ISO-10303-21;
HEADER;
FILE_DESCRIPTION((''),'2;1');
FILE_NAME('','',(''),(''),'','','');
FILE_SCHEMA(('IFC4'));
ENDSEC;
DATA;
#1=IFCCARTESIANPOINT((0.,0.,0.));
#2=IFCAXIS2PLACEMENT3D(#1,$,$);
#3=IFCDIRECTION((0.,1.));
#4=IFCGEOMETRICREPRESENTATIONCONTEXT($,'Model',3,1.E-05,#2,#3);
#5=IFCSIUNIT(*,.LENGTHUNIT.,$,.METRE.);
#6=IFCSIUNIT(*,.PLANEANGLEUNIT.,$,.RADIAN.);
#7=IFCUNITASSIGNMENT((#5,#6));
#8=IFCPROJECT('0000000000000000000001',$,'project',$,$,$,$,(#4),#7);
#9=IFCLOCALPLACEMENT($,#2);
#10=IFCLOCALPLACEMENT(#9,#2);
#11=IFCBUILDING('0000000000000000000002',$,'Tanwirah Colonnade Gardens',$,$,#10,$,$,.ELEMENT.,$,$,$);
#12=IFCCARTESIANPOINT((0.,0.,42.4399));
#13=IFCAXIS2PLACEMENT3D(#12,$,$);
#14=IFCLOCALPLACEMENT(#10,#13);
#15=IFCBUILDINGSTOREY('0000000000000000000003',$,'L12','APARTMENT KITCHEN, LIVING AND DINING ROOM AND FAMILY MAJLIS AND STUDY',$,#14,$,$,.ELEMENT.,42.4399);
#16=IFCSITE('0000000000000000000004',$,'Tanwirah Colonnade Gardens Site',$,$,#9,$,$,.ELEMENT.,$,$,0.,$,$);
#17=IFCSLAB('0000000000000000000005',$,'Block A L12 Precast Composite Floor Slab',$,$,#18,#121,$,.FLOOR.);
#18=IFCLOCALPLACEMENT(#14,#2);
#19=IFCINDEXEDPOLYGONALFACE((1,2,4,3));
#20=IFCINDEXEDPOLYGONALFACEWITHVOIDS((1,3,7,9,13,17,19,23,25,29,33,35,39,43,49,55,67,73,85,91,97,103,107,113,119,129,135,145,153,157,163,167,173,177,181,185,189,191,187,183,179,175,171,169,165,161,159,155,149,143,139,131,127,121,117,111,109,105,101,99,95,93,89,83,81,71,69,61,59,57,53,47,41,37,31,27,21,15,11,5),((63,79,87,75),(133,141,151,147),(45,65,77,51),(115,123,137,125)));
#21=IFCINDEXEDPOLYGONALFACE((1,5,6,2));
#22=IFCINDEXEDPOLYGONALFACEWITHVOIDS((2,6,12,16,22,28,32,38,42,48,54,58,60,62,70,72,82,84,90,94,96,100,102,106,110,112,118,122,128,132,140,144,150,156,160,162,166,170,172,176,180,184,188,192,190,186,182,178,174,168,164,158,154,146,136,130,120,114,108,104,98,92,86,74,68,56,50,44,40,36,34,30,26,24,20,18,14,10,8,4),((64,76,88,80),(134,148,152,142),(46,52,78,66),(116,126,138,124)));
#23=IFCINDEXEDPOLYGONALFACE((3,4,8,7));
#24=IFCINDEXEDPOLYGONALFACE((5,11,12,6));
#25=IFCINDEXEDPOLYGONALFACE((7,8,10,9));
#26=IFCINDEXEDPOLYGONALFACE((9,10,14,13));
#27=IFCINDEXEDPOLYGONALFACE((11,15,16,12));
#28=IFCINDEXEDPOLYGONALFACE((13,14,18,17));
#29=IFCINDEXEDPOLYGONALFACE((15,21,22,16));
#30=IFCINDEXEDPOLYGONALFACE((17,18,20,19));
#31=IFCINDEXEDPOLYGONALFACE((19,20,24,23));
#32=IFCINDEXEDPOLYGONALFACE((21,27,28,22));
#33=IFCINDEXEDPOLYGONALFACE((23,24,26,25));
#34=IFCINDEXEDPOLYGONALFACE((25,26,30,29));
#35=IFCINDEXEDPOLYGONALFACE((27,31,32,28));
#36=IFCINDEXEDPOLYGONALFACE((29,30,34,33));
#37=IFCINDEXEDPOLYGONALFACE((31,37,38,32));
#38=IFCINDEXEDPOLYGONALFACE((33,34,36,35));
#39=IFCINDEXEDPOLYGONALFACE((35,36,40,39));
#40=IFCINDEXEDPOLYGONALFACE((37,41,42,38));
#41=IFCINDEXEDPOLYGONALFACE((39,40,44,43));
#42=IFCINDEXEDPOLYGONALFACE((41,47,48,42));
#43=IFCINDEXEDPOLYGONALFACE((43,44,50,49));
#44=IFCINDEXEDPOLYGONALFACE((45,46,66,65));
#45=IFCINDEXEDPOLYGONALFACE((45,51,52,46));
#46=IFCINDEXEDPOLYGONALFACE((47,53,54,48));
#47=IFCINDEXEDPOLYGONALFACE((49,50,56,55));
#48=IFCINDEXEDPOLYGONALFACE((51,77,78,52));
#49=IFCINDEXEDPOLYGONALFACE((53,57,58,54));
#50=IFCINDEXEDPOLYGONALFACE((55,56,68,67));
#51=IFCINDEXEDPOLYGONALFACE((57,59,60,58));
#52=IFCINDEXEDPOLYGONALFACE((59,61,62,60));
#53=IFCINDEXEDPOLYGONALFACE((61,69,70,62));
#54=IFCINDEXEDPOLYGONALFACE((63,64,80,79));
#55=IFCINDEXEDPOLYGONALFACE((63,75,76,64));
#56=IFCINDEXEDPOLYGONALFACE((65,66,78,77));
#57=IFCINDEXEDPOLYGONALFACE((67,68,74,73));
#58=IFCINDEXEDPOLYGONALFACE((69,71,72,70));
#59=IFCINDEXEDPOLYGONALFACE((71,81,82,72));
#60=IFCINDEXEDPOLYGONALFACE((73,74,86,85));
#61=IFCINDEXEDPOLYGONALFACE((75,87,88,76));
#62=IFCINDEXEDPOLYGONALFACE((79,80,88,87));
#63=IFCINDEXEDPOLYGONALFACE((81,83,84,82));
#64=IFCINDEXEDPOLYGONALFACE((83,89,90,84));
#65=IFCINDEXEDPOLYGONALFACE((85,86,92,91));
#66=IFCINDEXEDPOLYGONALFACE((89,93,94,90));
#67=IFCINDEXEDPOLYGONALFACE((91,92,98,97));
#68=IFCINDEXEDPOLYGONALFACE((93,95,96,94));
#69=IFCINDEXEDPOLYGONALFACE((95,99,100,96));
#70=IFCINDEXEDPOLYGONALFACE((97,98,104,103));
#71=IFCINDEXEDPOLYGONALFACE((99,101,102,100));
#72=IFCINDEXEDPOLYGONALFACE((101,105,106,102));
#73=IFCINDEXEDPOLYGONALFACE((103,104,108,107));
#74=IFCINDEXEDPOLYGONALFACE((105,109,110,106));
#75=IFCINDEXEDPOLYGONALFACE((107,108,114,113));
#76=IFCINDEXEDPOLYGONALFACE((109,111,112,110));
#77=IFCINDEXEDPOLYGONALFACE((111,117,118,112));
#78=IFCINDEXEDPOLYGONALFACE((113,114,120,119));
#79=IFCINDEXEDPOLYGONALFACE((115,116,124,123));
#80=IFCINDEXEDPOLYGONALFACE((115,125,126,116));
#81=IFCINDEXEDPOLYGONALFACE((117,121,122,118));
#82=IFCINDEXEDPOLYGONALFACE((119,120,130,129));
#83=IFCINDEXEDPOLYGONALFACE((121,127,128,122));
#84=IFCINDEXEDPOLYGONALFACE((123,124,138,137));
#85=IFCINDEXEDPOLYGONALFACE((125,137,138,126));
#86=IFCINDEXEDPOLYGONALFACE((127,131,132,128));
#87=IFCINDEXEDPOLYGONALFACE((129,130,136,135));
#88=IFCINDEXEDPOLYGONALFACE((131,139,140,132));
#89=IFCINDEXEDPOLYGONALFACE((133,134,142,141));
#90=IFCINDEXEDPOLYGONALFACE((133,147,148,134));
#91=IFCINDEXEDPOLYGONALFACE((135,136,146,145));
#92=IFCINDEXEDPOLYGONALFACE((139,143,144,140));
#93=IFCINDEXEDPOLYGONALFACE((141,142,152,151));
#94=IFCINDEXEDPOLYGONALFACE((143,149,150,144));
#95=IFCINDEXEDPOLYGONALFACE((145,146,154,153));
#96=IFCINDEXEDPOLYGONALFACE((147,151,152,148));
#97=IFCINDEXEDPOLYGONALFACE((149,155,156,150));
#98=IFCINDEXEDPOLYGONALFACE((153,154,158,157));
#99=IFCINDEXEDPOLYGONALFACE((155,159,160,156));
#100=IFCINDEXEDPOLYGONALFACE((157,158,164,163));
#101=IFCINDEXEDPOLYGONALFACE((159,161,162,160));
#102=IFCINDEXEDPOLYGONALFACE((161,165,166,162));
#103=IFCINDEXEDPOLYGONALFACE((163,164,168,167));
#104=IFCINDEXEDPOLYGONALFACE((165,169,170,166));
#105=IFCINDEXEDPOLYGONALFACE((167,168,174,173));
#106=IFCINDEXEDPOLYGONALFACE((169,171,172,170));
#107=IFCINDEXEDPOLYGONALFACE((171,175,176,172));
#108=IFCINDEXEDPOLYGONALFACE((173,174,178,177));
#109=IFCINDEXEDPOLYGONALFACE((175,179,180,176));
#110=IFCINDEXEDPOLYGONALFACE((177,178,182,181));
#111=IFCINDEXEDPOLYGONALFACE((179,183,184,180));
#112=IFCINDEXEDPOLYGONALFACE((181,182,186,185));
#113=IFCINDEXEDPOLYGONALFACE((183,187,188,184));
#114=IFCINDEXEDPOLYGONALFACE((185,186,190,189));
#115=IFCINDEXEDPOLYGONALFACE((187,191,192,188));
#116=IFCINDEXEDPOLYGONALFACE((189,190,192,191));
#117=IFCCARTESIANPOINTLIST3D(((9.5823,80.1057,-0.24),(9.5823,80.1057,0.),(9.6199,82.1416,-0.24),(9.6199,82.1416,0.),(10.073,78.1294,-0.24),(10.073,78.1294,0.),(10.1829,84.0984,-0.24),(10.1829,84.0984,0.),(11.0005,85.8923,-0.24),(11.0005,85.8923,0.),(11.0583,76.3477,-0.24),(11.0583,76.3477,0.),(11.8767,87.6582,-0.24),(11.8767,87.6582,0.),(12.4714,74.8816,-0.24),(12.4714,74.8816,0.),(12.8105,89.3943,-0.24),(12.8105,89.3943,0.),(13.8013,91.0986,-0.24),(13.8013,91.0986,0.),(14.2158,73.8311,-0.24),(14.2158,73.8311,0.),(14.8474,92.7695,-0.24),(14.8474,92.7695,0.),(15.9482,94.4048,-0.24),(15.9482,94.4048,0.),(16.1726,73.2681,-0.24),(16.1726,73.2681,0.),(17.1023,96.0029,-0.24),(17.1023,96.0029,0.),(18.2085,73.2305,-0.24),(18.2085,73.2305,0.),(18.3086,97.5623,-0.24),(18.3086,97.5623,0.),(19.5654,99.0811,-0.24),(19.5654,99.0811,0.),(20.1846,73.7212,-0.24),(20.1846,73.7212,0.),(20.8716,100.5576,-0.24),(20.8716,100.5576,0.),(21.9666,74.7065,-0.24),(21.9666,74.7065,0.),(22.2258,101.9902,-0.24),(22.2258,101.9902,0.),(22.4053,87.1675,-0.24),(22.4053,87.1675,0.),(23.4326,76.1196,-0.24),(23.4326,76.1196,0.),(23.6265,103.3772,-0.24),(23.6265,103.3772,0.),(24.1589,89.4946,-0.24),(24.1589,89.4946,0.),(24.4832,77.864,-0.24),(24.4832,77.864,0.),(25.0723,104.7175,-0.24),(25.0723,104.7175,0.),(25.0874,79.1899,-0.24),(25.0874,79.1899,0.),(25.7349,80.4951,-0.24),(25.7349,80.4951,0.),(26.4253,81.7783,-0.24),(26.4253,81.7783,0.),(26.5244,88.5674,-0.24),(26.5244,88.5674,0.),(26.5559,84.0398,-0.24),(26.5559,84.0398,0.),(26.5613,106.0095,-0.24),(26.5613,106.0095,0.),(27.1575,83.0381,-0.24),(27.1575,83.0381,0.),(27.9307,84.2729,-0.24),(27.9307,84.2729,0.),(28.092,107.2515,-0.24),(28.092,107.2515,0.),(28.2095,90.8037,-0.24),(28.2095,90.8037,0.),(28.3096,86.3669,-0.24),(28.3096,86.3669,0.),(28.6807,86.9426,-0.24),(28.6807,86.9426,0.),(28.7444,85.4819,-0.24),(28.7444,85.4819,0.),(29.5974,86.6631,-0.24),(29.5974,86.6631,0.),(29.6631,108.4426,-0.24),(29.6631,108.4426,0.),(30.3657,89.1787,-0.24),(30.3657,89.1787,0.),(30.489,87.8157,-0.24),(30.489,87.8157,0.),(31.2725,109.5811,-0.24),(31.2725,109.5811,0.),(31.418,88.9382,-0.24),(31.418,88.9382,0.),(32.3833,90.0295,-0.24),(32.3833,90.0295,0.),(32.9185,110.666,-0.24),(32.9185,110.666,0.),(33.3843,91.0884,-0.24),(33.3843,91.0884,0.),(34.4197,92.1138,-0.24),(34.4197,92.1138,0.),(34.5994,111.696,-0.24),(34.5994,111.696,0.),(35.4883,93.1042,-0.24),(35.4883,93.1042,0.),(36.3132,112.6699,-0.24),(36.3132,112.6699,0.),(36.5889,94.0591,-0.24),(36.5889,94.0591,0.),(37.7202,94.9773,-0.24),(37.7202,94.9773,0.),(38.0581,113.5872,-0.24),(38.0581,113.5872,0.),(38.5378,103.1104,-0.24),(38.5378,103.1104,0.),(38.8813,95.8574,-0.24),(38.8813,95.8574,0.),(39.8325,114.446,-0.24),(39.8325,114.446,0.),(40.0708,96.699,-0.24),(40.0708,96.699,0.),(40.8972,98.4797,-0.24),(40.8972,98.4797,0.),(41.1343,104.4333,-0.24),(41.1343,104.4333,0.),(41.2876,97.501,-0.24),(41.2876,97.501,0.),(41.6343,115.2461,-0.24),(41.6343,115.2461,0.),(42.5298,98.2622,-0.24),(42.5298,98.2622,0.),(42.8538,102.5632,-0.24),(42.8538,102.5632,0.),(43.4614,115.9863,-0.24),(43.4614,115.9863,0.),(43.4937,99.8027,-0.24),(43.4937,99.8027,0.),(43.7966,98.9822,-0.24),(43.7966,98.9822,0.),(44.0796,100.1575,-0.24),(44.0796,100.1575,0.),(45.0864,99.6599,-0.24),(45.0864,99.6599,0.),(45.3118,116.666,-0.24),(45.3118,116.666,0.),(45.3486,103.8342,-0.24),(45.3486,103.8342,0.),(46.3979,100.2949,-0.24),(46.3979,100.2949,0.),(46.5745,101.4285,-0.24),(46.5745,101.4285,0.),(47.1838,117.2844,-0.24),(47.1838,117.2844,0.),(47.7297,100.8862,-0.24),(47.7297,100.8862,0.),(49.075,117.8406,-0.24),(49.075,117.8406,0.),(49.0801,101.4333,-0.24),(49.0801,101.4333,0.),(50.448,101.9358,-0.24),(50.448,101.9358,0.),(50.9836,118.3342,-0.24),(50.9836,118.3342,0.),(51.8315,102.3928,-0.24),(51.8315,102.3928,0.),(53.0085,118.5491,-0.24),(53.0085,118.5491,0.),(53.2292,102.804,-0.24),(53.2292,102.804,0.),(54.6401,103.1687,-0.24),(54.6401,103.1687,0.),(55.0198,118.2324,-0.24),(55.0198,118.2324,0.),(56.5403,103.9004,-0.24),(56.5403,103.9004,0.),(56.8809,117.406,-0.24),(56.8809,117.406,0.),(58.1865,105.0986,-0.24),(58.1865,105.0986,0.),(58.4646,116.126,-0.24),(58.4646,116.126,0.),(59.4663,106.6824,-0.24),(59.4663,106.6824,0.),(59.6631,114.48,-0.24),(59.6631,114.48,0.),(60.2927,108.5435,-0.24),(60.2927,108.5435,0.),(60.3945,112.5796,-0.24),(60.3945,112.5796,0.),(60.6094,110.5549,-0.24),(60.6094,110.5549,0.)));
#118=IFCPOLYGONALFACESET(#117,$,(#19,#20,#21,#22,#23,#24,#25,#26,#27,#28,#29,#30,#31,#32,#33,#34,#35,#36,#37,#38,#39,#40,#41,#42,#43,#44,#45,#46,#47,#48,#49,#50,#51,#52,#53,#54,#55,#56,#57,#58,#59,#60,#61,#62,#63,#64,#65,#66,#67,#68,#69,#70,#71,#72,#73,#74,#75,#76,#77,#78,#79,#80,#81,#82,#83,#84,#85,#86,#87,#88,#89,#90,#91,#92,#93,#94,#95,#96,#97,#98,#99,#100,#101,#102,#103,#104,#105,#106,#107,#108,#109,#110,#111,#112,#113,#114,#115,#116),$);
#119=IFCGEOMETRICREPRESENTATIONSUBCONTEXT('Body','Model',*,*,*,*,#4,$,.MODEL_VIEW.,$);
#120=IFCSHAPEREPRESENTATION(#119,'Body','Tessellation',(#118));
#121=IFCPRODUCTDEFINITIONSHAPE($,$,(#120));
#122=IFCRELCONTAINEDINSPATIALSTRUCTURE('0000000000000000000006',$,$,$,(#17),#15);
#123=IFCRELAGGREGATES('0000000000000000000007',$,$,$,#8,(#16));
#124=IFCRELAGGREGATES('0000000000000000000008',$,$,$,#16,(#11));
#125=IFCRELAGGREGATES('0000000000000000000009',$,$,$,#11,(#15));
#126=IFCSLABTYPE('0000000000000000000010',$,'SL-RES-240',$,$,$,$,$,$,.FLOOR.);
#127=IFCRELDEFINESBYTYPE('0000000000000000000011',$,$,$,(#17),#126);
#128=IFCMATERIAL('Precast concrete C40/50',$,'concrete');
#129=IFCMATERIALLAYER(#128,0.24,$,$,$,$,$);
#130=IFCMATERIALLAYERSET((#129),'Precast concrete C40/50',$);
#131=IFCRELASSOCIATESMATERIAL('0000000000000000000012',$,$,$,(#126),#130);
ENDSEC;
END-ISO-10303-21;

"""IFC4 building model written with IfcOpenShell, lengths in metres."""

from ifc_helpers import new_model, si_unit, direction, frame, origin, place, context, subcontext, project, spatial, polyline, outline, extrude, material, layer, layer_set, type_object, element, save


model = new_model("IFC4")

# Units and contexts
model_context = context("Model", 3, precision=1e-05, world=origin(), true_north=direction((0.0, 1.0)))
body_context = subcontext(model_context, "Body", "Model", "MODEL_VIEW")
ifc_project = project(units=[si_unit("LENGTHUNIT", "METRE"), si_unit("PLANEANGLEUNIT", "RADIAN")], contexts=[model_context])

# Site, building, storey
site_placement = place(None, origin())
site = spatial("IfcSite", under=ifc_project, at=site_placement, Name="Tanwirah Colonnade Gardens Site", CompositionType="ELEMENT", RefElevation=0.0)
building_placement = place(site_placement, origin())
building = spatial("IfcBuilding", under=site, at=building_placement, Name="Tanwirah Colonnade Gardens", CompositionType="ELEMENT")
storey_placement = place(building_placement, frame((0.0, 0.0, 42.4399)))
storey = spatial("IfcBuildingStorey", under=building, at=storey_placement, Name="L12", Description="APARTMENT KITCHEN, LIVING AND DINING ROOM AND FAMILY MAJLIS AND STUDY", CompositionType="ELEMENT", Elevation=42.4399)

# Shared definitions
ifc_material_1 = material(Name="Precast concrete C40/50", Category="concrete")

# Slab
ifc_layer_1 = layer(ifc_material_1, 0.24)
ifc_layer_set_1 = layer_set([ifc_layer_1], Name="Precast concrete C40/50")
slab_type_1 = type_object("IfcSlabType", Name="SL-RES-240", PredefinedType="FLOOR", material=ifc_layer_set_1)
slab_1_placement = place(storey_placement, frame((0.0, 0.0, -0.24)))
element("IfcSlab", 1, at=slab_1_placement, inside=storey, type_object=slab_type_1, Name="Block A L12 Precast Composite Floor Slab", PredefinedType="FLOOR", context=body_context, shape_type="SweptSolid", body=[
    extrude(outline(polyline([(51.8315, 102.3928), (53.2292, 102.804), (54.6401, 103.1687), (56.5403, 103.9004), (58.1865, 105.0986), (59.4663, 106.6824), (60.2927, 108.5435), (60.6094, 110.5549), (60.3945, 112.5796), (59.6631, 114.48), (58.4646, 116.126), (56.8809, 117.406), (55.0198, 118.2324), (53.0085, 118.5491), (50.9836, 118.3342), (49.075, 117.8406), (47.1838, 117.2844), (45.3118, 116.666), (43.4614, 115.9863), (41.6343, 115.2461), (39.8325, 114.446), (38.0581, 113.5872), (36.3132, 112.6699), (34.5994, 111.696), (32.9185, 110.666), (31.2725, 109.5811), (29.6631, 108.4426), (28.092, 107.2515), (26.5613, 106.0095), (25.0723, 104.7175), (23.6265, 103.3772), (22.2258, 101.9902), (20.8716, 100.5576), (19.5654, 99.0811), (18.3086, 97.5623), (17.1023, 96.0029), (15.9482, 94.4048), (14.8474, 92.7695), (13.8013, 91.0986), (12.8105, 89.3943), (11.8767, 87.6582), (11.0005, 85.8923), (10.1829, 84.0984), (9.6199, 82.1416), (9.5823, 80.1057), (10.073, 78.1294), (11.0583, 76.3477), (12.4714, 74.8816), (14.2158, 73.8311), (16.1726, 73.2681), (18.2085, 73.2305), (20.1846, 73.7212), (21.9666, 74.7065), (23.4326, 76.1196), (24.4832, 77.864), (25.0874, 79.1899), (25.7349, 80.4951), (26.4253, 81.7783), (27.1575, 83.0381), (27.9307, 84.2729), (28.7444, 85.4819), (29.5974, 86.6631), (30.489, 87.8157), (31.418, 88.9382), (32.3833, 90.0295), (33.3843, 91.0884), (34.4197, 92.1138), (35.4883, 93.1042), (36.5889, 94.0591), (37.7202, 94.9773), (38.8813, 95.8574), (40.0708, 96.699), (41.2876, 97.501), (42.5298, 98.2622), (43.7966, 98.9822), (45.0864, 99.6599), (46.3979, 100.2949), (47.7297, 100.8862), (49.0801, 101.4333), (50.448, 101.9358), (51.8315, 102.3928)]), holes=[polyline([(41.1343, 104.4333), (43.4937, 99.8027), (40.8972, 98.4797), (38.5378, 103.1104), (41.1343, 104.4333)]), polyline([(46.5745, 101.4285), (44.0796, 100.1575), (42.8538, 102.5632), (45.3486, 103.8342), (46.5745, 101.4285)]), polyline([(26.5559, 84.0398), (22.4053, 87.1675), (24.1589, 89.4946), (28.3096, 86.3669), (26.5559, 84.0398)]), polyline([(26.5244, 88.5674), (28.2095, 90.8037), (30.3657, 89.1787), (28.6807, 86.9426), (26.5244, 88.5674)])]), origin(), (0.0, 0.0, 1.0), 0.24),
])

save(model, "model.ifc")
